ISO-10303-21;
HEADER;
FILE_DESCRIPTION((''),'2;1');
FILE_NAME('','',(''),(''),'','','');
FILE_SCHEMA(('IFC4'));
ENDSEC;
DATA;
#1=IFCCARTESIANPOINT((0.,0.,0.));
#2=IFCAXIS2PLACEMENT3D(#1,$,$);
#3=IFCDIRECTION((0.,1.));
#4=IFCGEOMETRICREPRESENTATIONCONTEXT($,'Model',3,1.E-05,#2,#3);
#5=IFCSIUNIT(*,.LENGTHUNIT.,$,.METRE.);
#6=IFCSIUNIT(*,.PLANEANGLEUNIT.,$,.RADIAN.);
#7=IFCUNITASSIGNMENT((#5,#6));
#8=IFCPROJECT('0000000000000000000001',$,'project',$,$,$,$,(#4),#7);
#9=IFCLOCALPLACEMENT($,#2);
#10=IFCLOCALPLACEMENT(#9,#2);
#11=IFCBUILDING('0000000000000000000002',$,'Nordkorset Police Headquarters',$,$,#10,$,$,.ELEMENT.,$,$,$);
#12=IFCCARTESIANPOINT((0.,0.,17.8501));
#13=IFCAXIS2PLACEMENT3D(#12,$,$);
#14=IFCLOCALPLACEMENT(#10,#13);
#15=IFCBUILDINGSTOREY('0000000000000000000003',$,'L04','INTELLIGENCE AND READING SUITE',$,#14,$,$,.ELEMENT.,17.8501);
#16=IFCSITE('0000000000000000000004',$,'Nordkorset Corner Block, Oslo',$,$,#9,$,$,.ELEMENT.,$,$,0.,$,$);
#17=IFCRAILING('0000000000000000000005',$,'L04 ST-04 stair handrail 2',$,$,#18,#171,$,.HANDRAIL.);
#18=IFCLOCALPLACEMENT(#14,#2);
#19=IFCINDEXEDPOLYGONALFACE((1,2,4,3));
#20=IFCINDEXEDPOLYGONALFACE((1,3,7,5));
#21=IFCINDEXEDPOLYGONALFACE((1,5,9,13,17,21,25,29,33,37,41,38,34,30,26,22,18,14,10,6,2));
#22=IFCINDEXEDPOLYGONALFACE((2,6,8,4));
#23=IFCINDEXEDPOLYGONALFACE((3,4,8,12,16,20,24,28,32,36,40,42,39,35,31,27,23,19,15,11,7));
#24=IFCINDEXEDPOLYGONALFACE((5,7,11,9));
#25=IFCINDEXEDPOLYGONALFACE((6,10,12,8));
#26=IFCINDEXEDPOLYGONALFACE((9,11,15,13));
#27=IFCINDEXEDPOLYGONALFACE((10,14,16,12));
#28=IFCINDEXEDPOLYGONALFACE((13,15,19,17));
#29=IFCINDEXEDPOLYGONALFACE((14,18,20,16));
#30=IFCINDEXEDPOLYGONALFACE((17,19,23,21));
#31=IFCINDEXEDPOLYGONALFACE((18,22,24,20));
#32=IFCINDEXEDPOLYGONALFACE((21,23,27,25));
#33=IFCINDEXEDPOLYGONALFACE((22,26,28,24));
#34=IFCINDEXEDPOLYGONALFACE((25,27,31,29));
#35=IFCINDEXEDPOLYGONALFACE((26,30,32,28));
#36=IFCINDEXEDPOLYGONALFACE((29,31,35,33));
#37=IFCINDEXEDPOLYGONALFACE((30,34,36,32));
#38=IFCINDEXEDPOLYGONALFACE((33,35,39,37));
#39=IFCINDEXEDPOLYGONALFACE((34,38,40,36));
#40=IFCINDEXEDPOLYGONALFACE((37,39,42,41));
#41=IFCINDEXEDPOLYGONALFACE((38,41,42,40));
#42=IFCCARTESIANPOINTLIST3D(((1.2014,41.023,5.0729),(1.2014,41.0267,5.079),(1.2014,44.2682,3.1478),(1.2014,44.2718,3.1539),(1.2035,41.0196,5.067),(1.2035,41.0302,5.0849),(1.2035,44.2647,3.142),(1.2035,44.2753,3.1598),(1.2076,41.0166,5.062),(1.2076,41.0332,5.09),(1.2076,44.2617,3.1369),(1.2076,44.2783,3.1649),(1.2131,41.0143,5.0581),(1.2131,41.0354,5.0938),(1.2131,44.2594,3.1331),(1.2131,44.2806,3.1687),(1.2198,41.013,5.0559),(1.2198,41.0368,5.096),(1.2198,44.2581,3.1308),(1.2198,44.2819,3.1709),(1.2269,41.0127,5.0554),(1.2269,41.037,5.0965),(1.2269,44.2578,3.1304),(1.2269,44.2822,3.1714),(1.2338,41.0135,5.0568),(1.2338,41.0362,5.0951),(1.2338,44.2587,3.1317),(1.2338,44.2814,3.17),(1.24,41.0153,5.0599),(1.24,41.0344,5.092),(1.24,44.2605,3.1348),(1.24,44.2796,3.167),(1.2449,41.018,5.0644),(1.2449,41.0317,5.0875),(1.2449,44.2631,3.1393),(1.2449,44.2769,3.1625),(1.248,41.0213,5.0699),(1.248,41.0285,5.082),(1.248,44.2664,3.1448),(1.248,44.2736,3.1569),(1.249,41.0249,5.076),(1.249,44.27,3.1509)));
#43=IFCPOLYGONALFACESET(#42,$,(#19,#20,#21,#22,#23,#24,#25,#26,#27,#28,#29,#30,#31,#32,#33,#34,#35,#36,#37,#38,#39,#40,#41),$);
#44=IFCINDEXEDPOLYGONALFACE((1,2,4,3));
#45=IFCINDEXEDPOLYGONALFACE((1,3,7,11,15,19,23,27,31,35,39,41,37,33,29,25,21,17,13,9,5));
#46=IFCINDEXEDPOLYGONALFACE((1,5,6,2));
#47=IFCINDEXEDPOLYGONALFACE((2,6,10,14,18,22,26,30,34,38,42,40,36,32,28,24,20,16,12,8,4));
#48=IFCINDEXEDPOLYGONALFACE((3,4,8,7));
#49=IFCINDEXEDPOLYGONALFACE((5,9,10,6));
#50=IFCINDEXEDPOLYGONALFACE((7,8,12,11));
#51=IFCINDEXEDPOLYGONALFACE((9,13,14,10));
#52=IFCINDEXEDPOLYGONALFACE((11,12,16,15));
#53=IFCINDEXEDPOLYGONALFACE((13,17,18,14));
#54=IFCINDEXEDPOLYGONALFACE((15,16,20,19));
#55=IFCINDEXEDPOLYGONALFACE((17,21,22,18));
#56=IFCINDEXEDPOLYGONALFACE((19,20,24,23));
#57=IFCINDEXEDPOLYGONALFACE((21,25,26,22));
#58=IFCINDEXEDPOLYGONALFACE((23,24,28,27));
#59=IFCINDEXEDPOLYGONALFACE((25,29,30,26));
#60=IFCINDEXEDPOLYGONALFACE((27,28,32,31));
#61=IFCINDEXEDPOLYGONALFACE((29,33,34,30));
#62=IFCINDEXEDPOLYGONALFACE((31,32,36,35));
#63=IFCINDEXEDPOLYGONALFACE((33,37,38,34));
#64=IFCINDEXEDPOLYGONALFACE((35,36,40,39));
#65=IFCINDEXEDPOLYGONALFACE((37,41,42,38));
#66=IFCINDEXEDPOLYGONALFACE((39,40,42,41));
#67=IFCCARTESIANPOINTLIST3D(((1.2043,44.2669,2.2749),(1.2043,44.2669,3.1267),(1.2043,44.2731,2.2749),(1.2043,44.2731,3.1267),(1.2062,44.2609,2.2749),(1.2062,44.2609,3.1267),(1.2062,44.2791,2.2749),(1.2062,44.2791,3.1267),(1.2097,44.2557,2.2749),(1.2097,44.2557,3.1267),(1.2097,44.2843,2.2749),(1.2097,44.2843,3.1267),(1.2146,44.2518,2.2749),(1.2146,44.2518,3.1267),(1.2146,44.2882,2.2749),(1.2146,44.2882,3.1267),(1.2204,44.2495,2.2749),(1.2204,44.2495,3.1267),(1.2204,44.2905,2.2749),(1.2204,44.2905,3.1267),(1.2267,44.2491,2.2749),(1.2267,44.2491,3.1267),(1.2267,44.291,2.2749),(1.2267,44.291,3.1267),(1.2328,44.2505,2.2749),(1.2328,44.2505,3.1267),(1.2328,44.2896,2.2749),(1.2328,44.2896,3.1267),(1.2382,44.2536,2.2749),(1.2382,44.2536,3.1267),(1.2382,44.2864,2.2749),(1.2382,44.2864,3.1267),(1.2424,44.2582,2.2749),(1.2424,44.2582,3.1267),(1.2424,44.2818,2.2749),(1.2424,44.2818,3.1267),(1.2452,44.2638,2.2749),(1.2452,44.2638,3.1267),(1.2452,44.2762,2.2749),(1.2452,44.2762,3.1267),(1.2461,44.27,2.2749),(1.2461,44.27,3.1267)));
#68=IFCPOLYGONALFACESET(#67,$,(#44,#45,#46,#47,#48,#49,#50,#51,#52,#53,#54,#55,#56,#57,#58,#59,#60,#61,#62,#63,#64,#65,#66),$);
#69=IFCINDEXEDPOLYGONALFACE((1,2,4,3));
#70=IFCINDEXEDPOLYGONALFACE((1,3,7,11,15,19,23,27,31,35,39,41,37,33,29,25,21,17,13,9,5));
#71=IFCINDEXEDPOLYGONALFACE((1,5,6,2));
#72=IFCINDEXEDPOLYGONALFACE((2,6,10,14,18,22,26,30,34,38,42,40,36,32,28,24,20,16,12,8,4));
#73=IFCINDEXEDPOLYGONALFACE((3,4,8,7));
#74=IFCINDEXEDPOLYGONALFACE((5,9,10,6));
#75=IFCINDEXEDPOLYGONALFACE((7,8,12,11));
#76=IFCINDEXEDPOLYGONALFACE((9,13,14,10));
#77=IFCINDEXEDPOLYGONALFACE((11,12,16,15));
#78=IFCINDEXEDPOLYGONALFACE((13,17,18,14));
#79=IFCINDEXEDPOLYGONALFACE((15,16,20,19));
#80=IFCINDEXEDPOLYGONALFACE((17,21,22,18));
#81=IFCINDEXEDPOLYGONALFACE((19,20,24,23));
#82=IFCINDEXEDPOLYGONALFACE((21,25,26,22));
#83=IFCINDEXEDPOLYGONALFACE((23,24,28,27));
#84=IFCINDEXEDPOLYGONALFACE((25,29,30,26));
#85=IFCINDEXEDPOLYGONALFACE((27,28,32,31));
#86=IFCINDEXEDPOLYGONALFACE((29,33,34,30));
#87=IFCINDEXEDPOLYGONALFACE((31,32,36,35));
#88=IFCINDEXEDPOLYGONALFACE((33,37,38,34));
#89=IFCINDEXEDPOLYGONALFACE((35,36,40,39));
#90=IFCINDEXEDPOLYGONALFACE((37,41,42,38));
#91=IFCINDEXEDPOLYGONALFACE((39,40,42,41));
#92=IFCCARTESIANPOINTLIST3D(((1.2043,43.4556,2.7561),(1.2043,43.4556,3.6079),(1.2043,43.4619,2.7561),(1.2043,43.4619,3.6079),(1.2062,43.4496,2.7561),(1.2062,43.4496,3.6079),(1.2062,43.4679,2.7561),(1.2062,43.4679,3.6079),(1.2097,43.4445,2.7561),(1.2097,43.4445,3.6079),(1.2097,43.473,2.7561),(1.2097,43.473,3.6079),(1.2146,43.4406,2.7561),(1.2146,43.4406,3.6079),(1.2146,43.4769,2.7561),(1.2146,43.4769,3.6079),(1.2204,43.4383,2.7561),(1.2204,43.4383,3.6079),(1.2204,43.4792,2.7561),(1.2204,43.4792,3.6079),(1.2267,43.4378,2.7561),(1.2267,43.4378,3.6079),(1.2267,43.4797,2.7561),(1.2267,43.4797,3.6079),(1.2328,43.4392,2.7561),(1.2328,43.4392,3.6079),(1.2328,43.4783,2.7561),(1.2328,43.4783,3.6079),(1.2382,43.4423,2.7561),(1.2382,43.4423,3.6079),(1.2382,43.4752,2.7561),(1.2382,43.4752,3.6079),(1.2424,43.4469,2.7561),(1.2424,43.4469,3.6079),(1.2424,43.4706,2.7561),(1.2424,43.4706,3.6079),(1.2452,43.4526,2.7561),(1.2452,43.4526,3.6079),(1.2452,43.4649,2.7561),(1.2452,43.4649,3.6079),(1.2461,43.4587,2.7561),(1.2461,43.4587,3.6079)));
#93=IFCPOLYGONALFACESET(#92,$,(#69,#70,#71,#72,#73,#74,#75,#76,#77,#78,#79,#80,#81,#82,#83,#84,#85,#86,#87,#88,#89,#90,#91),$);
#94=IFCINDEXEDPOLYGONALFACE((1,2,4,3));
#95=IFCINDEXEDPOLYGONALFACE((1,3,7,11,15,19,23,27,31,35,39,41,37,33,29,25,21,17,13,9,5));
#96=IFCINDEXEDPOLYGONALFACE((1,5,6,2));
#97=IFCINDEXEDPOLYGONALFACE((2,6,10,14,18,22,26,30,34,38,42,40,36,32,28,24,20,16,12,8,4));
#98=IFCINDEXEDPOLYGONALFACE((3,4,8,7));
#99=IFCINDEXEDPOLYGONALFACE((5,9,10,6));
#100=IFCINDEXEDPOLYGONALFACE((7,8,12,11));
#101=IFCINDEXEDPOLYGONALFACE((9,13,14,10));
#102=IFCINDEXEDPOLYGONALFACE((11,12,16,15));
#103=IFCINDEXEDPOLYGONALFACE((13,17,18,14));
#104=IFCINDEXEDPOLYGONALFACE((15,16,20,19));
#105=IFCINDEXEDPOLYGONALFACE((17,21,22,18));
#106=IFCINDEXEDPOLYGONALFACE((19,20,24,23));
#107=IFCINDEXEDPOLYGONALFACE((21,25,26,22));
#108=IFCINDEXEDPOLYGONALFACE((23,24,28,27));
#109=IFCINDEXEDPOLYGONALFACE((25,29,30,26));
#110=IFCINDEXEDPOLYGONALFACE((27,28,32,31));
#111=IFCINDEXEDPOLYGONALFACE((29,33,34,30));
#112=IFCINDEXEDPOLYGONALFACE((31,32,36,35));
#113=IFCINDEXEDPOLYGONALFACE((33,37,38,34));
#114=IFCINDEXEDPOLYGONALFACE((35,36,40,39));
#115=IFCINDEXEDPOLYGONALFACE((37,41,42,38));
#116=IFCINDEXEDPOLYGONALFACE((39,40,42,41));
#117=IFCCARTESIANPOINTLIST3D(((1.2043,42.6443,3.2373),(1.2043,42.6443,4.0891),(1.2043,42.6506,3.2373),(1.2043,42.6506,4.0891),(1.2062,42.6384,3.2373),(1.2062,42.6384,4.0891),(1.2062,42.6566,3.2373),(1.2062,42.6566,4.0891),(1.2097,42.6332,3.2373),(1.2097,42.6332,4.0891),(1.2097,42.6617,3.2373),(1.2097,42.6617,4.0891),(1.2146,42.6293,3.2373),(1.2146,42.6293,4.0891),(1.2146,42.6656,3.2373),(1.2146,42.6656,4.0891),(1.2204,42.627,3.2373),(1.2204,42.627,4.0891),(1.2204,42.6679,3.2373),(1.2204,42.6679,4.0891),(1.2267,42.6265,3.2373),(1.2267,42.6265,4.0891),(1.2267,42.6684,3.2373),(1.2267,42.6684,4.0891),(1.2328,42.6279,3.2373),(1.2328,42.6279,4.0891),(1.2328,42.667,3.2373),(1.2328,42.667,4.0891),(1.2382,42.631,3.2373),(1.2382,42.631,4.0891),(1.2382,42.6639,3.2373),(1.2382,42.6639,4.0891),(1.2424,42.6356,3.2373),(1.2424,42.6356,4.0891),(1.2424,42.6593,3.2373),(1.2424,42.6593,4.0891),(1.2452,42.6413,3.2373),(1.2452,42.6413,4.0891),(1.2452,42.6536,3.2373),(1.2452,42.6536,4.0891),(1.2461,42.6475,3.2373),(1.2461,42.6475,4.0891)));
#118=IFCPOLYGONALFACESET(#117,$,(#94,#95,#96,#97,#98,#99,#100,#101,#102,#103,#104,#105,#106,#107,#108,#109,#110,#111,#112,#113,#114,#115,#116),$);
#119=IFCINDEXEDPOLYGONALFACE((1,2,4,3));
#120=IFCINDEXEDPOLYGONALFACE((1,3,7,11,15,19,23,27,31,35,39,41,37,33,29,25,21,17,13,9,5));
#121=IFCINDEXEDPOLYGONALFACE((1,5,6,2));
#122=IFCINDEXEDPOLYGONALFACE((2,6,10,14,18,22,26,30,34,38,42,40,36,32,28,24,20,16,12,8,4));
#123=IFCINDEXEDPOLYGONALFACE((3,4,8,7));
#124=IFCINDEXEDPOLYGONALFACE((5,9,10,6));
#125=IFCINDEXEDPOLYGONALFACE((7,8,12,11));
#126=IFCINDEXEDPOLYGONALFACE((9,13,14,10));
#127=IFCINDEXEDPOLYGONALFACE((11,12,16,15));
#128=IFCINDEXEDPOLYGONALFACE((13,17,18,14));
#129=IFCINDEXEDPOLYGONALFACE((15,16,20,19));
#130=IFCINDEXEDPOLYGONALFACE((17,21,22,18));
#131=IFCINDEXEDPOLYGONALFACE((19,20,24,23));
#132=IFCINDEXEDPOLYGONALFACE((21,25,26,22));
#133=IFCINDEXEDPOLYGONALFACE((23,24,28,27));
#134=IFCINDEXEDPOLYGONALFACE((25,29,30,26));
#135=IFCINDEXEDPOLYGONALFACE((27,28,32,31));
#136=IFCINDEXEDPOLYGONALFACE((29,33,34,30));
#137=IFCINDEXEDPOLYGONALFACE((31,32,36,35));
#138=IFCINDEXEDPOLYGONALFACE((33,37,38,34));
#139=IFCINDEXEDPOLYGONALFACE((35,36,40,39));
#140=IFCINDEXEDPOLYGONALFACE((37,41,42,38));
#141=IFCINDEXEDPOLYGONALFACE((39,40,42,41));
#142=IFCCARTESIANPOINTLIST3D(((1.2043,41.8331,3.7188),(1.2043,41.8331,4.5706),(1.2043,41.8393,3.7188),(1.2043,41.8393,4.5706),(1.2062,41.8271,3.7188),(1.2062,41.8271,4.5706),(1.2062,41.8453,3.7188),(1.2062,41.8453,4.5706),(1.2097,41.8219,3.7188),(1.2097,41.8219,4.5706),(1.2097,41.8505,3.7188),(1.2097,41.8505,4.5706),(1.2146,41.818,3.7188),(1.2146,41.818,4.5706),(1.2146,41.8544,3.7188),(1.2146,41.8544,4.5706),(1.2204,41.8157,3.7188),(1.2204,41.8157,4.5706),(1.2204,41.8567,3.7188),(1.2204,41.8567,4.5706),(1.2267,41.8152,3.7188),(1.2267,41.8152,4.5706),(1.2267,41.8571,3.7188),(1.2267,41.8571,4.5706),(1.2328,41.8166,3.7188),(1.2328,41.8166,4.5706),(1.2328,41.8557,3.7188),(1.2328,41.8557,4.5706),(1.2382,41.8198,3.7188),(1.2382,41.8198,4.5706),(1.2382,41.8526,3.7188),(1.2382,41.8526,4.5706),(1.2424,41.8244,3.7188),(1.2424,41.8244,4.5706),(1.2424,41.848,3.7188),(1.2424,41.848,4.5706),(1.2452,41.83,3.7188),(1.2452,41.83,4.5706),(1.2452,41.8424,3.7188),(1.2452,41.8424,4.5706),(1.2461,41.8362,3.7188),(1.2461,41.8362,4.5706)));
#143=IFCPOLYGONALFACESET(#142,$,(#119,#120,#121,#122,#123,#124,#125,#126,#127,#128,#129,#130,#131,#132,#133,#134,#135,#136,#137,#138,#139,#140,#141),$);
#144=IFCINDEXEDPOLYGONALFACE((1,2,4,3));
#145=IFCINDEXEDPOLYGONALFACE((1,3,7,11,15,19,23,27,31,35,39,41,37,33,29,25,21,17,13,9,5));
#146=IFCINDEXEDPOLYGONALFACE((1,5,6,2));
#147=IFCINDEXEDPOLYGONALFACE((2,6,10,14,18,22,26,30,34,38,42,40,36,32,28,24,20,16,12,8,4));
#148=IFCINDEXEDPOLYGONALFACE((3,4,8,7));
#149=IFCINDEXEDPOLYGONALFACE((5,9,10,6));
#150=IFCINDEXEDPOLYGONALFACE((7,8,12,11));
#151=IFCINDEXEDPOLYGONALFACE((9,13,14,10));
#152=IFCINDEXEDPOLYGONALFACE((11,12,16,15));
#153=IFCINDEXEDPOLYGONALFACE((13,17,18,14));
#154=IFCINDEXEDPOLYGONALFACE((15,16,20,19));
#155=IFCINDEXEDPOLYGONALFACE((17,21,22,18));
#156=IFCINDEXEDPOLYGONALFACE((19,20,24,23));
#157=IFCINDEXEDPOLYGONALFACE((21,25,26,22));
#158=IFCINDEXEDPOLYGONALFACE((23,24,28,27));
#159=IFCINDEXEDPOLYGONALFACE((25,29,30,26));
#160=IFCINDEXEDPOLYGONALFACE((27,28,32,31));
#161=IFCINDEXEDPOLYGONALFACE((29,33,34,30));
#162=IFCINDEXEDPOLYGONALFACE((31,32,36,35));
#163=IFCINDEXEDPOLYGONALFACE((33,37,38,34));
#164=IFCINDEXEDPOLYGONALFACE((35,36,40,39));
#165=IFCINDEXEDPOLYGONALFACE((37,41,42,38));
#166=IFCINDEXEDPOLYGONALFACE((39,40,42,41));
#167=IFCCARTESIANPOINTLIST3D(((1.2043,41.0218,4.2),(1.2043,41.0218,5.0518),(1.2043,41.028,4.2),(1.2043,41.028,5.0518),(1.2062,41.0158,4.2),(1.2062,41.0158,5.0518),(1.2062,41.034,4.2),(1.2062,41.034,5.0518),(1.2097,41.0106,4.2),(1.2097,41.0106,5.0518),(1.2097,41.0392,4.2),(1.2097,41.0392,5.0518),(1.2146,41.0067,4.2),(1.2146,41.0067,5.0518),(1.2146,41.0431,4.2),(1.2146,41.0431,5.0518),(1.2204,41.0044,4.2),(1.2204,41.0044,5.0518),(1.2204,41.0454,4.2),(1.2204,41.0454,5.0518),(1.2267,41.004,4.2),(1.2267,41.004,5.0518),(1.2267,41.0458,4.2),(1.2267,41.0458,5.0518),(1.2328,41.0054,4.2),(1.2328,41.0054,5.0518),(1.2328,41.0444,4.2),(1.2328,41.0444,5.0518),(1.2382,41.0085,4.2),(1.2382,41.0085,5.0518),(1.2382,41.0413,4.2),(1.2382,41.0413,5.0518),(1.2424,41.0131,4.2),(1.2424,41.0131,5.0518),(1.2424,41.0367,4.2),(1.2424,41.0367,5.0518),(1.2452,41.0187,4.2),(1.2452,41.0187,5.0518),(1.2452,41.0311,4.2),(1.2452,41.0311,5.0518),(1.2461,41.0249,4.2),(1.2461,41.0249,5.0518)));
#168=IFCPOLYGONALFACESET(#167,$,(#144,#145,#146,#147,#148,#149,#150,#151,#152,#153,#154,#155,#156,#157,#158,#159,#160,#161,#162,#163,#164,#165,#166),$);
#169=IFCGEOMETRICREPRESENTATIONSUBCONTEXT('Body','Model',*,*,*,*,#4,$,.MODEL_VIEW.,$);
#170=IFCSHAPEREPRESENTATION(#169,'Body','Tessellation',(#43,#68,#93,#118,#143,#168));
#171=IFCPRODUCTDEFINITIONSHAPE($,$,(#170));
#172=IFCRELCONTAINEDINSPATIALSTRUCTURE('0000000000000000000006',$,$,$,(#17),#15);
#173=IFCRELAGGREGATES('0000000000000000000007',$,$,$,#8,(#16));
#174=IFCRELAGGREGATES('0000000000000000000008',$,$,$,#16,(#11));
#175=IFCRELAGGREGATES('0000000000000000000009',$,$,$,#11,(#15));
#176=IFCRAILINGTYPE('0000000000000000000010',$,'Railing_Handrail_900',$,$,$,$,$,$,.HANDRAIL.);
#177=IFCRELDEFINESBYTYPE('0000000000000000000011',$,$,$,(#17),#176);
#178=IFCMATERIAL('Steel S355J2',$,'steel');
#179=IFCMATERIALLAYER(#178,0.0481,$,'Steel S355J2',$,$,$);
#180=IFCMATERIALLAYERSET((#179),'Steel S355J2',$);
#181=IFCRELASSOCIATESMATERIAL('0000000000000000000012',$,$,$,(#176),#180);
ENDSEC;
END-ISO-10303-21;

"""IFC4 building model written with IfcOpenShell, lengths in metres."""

from ifc_helpers import new_model, si_unit, direction, frame, origin, origin_2d, place, context, subcontext, project, spatial, circle, extrude, material, layer, layer_set, type_object, element, save


model = new_model("IFC4")

# Units and contexts
model_context = context("Model", 3, precision=1e-05, world=origin(), true_north=direction((0.0, 1.0)))
body_context = subcontext(model_context, "Body", "Model", "MODEL_VIEW")
ifc_project = project(units=[si_unit("LENGTHUNIT", "METRE"), si_unit("PLANEANGLEUNIT", "RADIAN")], contexts=[model_context])

# Site, building, storey
site_placement = place(None, origin())
site = spatial("IfcSite", under=ifc_project, at=site_placement, Name="Nordkorset Corner Block, Oslo", CompositionType="ELEMENT", RefElevation=0.0)
building_placement = place(site_placement, origin())
building = spatial("IfcBuilding", under=site, at=building_placement, Name="Nordkorset Police Headquarters", CompositionType="ELEMENT")
storey_placement = place(building_placement, frame((0.0, 0.0, 17.8501)))
storey = spatial("IfcBuildingStorey", under=building, at=storey_placement, Name="L04", Description="INTELLIGENCE AND READING SUITE", CompositionType="ELEMENT", Elevation=17.8501)

# Railing
ifc_material_1 = material(Name="Steel S355J2", Category="steel")
ifc_layer_1 = layer(ifc_material_1, 0.0481, Name="Steel S355J2")
ifc_layer_set_1 = layer_set([ifc_layer_1], Name="Steel S355J2")
railing_type_1 = type_object("IfcRailingType", Name="Railing_Handrail_900", PredefinedType="HANDRAIL", material=ifc_layer_set_1)
railing_1_placement = place(storey_placement, frame((1.2251, 44.27, 2.2749)))
element("IfcRailing", 1, at=railing_1_placement, inside=storey, type_object=railing_type_1, Name="L04 ST-04 stair handrail 2", PredefinedType="HANDRAIL", context=body_context, shape_type="SweptSolid", body=[
    extrude(circle(Radius=0.0239, at=origin_2d()), frame((0.0, 0.0, 0.876), z_axis=(0.0, -0.860057, 0.510198), x_axis=(1.0, 0.0, 0.0)), (0.0, 0.0, 1.0), 3.7732),
    extrude(circle(Radius=0.021, at=origin_2d()), origin(), (0.0, 0.0, 1.0), 0.8518),
    extrude(circle(Radius=0.021, at=origin_2d()), frame((0.0, -0.8113, 0.4812)), (0.0, 0.0, 1.0), 0.8518),
    extrude(circle(Radius=0.021, at=origin_2d()), frame((0.0, -1.6226, 0.9624)), (0.0, 0.0, 1.0), 0.8518),
    extrude(circle(Radius=0.021, at=origin_2d()), frame((0.0, -2.4338, 1.4438)), (0.0, 0.0, 1.0), 0.8518),
    extrude(circle(Radius=0.021, at=origin_2d()), frame((0.0, -3.2451, 1.925)), (0.0, 0.0, 1.0), 0.8518),
])

save(model, "model.ifc")
